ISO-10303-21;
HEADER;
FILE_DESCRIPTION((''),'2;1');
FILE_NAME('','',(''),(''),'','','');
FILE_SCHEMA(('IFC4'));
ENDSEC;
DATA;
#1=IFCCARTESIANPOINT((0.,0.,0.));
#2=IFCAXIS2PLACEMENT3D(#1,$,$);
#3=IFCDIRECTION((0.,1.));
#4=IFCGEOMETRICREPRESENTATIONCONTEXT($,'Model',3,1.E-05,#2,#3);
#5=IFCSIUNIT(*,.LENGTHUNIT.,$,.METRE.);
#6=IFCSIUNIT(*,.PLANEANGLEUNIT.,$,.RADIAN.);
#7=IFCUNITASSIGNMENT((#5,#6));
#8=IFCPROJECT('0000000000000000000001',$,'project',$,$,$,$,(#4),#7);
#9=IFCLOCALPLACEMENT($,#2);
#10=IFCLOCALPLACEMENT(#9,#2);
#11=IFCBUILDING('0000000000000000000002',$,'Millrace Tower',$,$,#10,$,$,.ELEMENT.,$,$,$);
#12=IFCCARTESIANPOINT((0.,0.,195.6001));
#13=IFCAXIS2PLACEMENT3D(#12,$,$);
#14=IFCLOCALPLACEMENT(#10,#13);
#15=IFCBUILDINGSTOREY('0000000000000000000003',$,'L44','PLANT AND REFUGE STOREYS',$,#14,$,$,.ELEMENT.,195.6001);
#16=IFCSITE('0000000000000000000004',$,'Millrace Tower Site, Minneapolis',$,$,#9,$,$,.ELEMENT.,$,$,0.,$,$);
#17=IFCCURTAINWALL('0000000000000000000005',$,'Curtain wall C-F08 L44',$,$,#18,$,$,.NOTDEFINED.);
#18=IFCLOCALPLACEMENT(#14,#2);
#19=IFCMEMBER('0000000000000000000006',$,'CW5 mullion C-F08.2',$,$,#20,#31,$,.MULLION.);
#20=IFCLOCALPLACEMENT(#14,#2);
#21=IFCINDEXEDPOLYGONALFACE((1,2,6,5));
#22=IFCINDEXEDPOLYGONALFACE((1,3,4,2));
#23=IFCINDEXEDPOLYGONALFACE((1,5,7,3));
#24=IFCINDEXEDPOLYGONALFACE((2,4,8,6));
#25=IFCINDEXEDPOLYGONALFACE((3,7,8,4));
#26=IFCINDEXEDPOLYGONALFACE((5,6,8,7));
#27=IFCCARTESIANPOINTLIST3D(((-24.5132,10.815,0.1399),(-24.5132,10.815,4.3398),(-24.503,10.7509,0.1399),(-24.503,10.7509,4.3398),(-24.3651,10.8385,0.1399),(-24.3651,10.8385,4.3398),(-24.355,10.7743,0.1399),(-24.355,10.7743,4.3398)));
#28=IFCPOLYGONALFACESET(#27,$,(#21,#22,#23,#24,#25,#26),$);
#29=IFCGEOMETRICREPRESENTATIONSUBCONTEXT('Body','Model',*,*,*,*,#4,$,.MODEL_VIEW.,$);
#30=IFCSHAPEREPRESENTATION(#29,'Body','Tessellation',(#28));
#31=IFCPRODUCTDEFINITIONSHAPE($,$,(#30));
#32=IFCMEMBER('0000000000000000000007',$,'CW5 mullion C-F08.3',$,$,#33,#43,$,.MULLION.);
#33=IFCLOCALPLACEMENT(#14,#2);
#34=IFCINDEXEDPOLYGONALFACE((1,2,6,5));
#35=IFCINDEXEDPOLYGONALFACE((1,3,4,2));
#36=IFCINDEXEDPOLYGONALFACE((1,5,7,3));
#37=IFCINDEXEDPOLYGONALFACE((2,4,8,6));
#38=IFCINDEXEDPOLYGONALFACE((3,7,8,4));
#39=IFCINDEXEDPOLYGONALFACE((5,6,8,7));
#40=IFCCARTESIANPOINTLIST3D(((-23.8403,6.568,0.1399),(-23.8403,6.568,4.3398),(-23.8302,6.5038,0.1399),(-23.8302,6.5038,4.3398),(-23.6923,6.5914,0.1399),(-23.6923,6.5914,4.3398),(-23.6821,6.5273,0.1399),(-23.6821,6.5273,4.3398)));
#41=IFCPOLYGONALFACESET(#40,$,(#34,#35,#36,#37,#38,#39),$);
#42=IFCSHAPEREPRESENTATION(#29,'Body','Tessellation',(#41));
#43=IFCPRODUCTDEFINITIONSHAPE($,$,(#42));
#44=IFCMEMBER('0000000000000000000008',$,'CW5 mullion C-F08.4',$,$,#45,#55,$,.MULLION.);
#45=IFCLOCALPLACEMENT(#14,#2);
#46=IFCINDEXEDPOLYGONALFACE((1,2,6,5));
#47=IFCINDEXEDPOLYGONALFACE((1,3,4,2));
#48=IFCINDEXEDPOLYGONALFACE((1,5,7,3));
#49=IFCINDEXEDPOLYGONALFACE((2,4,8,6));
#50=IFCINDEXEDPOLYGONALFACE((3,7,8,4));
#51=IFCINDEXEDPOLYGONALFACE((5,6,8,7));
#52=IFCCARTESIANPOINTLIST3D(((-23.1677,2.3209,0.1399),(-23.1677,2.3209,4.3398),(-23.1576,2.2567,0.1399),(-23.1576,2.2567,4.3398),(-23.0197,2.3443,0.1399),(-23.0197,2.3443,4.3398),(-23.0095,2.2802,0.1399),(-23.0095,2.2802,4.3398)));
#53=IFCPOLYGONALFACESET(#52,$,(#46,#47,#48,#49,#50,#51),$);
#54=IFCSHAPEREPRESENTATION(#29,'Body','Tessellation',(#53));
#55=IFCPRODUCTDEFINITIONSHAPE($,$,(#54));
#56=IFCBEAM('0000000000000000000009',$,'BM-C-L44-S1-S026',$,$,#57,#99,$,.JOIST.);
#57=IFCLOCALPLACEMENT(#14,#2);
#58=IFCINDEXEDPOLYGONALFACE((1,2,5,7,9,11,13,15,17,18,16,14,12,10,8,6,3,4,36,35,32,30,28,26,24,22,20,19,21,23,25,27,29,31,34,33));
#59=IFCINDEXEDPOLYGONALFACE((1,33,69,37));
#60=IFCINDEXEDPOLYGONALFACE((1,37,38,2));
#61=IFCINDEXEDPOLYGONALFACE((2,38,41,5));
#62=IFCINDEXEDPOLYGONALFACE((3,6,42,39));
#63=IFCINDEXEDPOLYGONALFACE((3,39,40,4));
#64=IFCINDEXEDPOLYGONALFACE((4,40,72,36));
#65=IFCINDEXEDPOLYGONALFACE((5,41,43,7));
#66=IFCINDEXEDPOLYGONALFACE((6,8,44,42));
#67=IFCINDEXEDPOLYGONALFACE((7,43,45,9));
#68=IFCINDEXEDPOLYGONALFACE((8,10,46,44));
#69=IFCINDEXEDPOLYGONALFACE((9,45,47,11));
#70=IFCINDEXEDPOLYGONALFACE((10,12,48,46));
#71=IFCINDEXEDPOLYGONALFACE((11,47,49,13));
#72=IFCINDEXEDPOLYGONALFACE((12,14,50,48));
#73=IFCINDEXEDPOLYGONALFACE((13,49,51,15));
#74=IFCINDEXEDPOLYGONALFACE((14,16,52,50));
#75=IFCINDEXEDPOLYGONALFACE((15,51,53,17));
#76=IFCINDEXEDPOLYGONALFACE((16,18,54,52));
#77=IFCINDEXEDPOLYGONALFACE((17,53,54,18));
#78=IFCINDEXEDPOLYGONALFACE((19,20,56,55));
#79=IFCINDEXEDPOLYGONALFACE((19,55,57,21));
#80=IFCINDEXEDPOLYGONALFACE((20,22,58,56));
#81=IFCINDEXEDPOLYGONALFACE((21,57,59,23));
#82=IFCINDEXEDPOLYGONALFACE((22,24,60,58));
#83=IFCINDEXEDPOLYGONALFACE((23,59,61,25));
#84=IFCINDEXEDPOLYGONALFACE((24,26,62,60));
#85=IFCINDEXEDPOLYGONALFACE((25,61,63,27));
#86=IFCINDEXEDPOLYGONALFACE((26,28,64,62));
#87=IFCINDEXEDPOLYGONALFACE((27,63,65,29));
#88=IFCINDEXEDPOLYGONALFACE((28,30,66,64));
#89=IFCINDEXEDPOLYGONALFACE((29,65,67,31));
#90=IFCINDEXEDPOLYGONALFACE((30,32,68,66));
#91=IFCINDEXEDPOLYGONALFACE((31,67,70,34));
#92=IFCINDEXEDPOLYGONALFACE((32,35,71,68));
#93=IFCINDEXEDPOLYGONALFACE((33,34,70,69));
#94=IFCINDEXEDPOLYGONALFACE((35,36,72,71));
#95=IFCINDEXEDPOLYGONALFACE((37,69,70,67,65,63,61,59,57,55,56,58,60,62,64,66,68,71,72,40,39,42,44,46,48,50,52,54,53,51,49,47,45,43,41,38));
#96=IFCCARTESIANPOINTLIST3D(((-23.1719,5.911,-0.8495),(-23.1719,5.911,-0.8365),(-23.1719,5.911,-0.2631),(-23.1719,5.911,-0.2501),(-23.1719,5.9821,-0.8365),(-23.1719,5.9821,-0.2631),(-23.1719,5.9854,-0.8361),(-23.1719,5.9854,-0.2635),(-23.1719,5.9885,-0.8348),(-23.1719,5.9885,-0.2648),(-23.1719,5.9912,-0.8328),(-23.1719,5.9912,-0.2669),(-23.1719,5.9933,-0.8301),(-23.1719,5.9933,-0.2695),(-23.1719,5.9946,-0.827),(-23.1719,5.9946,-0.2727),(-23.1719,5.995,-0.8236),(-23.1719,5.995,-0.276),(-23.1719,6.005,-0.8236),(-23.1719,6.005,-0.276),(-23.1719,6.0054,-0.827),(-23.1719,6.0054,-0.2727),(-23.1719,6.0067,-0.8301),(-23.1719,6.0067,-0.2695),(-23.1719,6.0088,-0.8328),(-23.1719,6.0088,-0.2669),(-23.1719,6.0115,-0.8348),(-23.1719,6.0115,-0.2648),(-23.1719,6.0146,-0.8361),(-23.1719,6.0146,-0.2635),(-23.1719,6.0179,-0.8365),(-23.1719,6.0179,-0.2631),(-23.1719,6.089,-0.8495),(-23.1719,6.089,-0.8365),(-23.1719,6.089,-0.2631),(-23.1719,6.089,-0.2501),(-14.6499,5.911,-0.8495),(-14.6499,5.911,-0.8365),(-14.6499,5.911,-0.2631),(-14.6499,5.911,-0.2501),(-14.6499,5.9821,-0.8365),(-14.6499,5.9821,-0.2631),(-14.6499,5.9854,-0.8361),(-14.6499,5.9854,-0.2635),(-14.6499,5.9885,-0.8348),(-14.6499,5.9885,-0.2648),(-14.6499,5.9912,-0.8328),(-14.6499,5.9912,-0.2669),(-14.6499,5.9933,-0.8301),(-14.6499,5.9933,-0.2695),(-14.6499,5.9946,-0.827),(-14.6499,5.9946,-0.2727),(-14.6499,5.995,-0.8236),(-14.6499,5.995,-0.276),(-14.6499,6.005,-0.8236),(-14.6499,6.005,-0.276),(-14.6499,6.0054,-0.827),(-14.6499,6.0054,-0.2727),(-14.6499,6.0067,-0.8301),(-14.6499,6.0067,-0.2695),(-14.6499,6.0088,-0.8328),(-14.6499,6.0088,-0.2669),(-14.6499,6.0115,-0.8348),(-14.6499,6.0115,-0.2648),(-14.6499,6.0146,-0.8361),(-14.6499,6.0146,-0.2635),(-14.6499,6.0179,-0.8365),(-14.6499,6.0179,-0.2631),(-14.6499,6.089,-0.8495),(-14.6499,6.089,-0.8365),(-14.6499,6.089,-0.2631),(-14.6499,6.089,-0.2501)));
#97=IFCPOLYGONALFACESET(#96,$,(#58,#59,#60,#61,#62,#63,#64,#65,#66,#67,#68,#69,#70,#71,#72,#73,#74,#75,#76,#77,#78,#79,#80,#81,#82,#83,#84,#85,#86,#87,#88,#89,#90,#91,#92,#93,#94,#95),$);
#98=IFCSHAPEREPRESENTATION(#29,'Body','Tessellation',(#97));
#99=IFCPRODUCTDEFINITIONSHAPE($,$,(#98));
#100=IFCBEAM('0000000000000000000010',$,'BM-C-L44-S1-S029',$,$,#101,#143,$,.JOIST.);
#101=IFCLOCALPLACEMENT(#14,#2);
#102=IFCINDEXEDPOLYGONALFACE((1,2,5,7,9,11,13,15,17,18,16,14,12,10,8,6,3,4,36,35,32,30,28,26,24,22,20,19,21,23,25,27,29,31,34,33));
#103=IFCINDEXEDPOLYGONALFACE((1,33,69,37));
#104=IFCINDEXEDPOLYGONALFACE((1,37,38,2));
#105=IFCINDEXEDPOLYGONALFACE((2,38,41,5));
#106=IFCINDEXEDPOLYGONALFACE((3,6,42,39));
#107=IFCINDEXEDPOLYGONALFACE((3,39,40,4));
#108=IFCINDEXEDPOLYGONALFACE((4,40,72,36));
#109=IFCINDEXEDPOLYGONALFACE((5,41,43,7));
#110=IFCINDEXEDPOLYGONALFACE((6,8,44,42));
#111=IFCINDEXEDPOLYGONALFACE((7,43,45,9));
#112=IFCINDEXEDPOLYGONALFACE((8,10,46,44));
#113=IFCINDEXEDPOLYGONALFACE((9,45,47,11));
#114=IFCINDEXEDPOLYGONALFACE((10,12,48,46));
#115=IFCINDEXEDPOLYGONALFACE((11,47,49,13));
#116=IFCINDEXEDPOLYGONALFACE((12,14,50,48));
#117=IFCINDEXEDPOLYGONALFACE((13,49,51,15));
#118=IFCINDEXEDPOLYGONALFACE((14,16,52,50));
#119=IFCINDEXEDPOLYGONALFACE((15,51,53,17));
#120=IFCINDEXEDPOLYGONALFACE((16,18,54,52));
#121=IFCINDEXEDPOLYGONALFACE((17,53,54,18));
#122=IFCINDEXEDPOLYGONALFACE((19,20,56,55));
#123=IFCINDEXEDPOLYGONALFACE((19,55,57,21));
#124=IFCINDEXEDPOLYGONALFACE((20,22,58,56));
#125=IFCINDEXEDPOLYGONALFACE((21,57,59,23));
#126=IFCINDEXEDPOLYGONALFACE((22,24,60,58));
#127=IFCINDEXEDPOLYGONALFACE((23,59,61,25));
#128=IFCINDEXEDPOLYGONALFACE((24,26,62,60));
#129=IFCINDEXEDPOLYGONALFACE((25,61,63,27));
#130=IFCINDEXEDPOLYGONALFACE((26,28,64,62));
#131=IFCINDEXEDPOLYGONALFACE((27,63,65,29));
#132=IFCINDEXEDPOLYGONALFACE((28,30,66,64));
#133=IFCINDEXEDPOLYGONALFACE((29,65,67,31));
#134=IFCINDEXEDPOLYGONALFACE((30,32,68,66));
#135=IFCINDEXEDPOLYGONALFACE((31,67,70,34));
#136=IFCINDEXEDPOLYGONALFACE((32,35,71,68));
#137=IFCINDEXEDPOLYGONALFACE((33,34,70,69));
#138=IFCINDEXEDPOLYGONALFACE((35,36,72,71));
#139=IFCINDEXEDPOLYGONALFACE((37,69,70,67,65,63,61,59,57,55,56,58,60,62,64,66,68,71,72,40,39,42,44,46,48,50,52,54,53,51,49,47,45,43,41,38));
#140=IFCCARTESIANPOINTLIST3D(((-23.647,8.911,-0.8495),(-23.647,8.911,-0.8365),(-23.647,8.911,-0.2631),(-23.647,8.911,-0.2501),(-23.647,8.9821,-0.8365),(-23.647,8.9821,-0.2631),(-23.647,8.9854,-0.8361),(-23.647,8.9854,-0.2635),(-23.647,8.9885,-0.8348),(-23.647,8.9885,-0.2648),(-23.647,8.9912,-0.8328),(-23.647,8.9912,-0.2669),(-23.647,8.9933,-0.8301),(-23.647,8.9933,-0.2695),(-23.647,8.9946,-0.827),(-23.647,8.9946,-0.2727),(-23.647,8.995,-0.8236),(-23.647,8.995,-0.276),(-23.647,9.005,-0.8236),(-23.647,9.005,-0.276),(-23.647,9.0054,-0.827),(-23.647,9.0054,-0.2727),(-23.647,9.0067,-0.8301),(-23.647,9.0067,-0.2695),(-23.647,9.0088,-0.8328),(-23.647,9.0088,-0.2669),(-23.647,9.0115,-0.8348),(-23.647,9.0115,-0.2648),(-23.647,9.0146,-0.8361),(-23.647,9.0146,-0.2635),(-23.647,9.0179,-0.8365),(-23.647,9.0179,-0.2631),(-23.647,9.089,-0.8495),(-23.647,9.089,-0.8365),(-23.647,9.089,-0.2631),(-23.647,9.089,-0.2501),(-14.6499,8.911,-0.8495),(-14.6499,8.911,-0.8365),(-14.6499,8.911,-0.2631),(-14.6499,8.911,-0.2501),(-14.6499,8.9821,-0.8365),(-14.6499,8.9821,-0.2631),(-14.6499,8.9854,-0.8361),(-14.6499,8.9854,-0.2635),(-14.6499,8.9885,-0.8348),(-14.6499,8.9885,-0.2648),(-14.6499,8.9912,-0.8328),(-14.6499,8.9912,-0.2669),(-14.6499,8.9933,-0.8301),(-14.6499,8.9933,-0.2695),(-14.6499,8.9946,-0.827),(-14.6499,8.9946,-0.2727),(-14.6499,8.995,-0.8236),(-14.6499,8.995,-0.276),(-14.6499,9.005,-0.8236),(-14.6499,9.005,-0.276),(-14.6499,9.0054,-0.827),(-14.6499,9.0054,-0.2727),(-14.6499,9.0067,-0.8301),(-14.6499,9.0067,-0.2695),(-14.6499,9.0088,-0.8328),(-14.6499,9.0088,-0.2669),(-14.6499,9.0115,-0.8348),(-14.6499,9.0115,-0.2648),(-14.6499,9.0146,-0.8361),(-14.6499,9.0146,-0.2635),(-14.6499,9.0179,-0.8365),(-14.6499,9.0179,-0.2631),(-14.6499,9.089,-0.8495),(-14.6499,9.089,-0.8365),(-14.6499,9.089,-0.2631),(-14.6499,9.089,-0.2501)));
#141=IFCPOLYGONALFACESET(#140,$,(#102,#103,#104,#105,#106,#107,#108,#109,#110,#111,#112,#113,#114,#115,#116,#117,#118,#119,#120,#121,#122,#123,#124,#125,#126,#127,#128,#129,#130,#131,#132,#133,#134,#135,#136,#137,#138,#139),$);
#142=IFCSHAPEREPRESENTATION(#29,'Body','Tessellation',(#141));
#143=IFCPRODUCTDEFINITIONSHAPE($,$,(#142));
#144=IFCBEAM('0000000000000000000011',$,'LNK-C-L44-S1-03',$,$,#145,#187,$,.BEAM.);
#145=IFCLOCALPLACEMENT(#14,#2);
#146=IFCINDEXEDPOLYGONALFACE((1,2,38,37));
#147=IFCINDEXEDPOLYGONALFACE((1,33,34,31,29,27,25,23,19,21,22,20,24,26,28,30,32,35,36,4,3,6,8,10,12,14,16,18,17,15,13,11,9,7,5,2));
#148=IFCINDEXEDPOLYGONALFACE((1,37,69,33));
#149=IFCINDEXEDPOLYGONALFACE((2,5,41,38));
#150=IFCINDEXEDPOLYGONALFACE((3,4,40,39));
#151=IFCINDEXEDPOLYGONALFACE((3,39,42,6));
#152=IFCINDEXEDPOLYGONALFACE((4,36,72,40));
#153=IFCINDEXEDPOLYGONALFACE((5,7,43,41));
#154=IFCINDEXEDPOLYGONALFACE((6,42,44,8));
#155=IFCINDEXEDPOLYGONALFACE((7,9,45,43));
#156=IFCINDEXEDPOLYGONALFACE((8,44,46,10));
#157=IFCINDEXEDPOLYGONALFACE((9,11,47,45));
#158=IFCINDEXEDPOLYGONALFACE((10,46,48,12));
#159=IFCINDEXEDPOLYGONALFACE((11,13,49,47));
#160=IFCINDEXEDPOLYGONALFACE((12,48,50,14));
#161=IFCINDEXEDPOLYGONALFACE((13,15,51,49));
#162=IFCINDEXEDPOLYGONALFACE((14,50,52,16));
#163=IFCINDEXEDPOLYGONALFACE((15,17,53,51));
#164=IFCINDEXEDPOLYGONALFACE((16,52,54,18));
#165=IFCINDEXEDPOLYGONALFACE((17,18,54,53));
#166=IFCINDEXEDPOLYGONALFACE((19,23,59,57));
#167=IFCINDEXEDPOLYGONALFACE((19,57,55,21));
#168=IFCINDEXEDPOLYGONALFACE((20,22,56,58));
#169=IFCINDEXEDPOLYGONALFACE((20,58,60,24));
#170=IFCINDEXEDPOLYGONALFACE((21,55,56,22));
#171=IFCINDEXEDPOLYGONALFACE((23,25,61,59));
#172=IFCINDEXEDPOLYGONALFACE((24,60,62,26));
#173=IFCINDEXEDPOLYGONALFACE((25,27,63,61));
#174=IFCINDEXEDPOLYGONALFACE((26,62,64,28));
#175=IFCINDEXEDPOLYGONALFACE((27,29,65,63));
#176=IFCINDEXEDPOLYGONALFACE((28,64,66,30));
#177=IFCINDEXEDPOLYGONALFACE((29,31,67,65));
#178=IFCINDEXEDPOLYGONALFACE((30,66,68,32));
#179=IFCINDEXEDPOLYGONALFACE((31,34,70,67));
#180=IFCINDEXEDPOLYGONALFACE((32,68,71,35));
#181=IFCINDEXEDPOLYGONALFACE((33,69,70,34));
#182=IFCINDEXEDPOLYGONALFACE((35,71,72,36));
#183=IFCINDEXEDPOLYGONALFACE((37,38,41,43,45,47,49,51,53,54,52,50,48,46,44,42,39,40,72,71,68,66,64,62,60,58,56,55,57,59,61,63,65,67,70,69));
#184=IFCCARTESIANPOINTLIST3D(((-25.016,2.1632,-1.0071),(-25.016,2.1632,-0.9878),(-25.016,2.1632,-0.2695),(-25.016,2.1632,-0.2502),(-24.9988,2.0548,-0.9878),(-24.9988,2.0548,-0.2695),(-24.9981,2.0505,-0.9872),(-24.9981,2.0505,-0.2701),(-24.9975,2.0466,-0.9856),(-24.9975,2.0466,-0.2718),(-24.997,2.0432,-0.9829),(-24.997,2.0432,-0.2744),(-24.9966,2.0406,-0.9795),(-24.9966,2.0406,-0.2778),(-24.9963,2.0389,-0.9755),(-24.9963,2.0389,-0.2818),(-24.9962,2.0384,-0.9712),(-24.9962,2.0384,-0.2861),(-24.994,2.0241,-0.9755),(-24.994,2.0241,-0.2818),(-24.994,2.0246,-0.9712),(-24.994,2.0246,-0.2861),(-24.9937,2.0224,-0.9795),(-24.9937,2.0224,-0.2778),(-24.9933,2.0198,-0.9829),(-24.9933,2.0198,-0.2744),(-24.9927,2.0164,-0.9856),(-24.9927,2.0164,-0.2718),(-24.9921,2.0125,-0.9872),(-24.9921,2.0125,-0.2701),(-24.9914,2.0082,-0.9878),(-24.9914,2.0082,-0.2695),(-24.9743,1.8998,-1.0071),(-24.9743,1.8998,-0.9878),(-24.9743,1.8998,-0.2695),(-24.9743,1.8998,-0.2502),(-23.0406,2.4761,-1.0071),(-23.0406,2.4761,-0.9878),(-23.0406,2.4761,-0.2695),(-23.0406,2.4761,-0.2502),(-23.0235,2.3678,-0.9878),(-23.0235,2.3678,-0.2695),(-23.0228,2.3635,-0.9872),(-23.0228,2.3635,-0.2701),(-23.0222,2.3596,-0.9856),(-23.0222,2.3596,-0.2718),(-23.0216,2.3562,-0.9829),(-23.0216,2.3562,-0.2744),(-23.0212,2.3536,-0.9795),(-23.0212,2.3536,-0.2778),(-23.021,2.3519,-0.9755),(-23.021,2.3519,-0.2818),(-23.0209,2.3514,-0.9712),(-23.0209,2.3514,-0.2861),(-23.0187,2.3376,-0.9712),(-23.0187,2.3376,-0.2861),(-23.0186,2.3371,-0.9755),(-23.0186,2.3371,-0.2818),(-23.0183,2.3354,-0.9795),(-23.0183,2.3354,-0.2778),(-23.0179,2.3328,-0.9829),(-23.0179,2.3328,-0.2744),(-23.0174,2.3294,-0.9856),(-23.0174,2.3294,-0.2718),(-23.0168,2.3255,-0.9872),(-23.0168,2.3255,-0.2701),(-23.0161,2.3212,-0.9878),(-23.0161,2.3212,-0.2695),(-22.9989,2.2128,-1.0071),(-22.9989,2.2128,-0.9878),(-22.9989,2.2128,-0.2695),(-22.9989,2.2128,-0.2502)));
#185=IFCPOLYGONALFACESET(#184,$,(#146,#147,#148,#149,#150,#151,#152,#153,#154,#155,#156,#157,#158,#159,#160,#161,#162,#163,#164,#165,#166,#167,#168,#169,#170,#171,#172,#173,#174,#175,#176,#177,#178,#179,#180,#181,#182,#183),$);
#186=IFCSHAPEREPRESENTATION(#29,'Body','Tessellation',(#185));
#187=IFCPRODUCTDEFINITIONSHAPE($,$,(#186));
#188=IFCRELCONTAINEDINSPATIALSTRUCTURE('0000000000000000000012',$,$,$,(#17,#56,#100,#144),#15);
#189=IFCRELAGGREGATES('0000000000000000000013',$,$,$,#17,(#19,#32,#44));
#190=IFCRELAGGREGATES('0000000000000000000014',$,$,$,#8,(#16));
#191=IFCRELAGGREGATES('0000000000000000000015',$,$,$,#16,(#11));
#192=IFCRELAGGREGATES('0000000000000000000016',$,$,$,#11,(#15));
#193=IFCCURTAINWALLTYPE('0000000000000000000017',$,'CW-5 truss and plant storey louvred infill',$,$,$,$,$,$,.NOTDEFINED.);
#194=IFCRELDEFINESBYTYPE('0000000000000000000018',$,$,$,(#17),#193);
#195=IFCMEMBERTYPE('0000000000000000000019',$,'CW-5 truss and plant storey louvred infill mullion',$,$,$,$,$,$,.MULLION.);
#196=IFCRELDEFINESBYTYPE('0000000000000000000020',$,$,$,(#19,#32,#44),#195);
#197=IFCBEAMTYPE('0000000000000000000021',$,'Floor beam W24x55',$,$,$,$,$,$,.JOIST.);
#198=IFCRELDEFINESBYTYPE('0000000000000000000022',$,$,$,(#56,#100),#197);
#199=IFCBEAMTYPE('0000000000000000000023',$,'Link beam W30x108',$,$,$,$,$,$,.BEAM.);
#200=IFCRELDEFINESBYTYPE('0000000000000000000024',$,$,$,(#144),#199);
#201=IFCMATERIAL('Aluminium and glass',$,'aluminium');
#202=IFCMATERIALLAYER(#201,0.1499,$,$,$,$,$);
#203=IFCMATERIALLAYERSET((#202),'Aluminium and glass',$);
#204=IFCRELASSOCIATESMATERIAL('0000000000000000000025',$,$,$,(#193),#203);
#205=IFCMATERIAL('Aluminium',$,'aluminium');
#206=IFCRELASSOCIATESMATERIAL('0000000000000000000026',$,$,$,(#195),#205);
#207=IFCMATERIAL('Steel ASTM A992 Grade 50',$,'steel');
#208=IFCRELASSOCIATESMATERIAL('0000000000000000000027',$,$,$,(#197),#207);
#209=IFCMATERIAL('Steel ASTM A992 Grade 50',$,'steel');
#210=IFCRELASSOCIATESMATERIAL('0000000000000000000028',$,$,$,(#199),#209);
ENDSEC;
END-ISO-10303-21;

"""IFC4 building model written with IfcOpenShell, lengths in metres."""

from ifc_helpers import new_model, si_unit, direction, frame, origin, origin_2d, place, context, subcontext, project, spatial, rectangle, i_section, extrude, material, layer, layer_set, material_profile, profile_set, type_object, element, aggregate, save


model = new_model("IFC4")

# Units and contexts
model_context = context("Model", 3, precision=1e-05, world=origin(), true_north=direction((0.0, 1.0)))
body_context = subcontext(model_context, "Body", "Model", "MODEL_VIEW")
ifc_project = project(units=[si_unit("LENGTHUNIT", "METRE"), si_unit("PLANEANGLEUNIT", "RADIAN")], contexts=[model_context])

# Site, building, storey
site_placement = place(None, origin())
site = spatial("IfcSite", under=ifc_project, at=site_placement, Name="Millrace Tower Site, Minneapolis", CompositionType="ELEMENT", RefElevation=0.0)
building_placement = place(site_placement, origin())
building = spatial("IfcBuilding", under=site, at=building_placement, Name="Millrace Tower", CompositionType="ELEMENT")
storey_placement = place(building_placement, frame((0.0, 0.0, 195.6001)))
storey = spatial("IfcBuildingStorey", under=building, at=storey_placement, Name="L44", Description="PLANT AND REFUGE STOREYS", CompositionType="ELEMENT", Elevation=195.6001)

# Curtain wall, members
ifc_material_1 = material(Name="Aluminium and glass", Category="aluminium")
ifc_layer_1 = layer(ifc_material_1, 0.1499)
ifc_layer_set_1 = layer_set([ifc_layer_1], Name="Aluminium and glass")
curtain_wall_type = type_object("IfcCurtainWallType", Name="CW-5 truss and plant storey louvred infill", PredefinedType="NOTDEFINED", material=ifc_layer_set_1)
curtain_wall_placement = place(storey_placement, origin())
curtain_wall = element("IfcCurtainWall", 1, at=curtain_wall_placement, inside=storey, type_object=curtain_wall_type, Name="Curtain wall C-F08 L44", PredefinedType="NOTDEFINED")
ifc_material_2 = material(Name="Aluminium", Category="aluminium")
ifc_material_profile_1 = material_profile(ifc_material_2, rectangle(XDim=0.0649, YDim=0.1499, at=origin_2d()))
ifc_profile_set_1 = profile_set([ifc_material_profile_1], Name="Aluminium")
member_type_1 = type_object("IfcMemberType", Name="CW-5 truss and plant storey louvred infill mullion", PredefinedType="MULLION", material=ifc_profile_set_1)
member_1_placement = place(storey_placement, frame((-24.4341, 10.7947, 0.1399), z_axis=(0.0, 0.0, 1.0), x_axis=(0.156434, -0.987688, 0.0)))
member_1 = element("IfcMember", 2, at=member_1_placement, type_object=member_type_1, Name="CW5 mullion C-F08.2", PredefinedType="MULLION", context=body_context, shape_type="SweptSolid", body=[
    extrude(rectangle(XDim=0.0649, YDim=0.1499, at=origin_2d()), origin(), (0.0, 0.0, 1.0), 4.2),
])
member_2_placement = place(storey_placement, frame((-23.7612, 6.5476, 0.1399), z_axis=(0.0, 0.0, 1.0), x_axis=(0.156434, -0.987688, 0.0)))
member_2 = element("IfcMember", 3, at=member_2_placement, type_object=member_type_1, Name="CW5 mullion C-F08.3", PredefinedType="MULLION", context=body_context, shape_type="SweptSolid", body=[
    extrude(rectangle(XDim=0.0649, YDim=0.1499, at=origin_2d()), origin(), (0.0, 0.0, 1.0), 4.2),
])
member_3_placement = place(storey_placement, frame((-23.0886, 2.3005, 0.1399), z_axis=(0.0, 0.0, 1.0), x_axis=(0.156434, -0.987688, 0.0)))
member_3 = element("IfcMember", 4, at=member_3_placement, type_object=member_type_1, Name="CW5 mullion C-F08.4", PredefinedType="MULLION", context=body_context, shape_type="SweptSolid", body=[
    extrude(rectangle(XDim=0.0649, YDim=0.1499, at=origin_2d()), origin(), (0.0, 0.0, 1.0), 4.2),
])
aggregate(curtain_wall, [member_1, member_2, member_3])

# Beams
ifc_material_3 = material(Name="Steel ASTM A992 Grade 50", Category="steel")
ifc_material_profile_2 = material_profile(ifc_material_3, i_section(OverallWidth=0.178, OverallDepth=0.5994, WebThickness=0.01, FlangeThickness=0.0129, FilletRadius=0.0129, at=origin_2d()))
ifc_profile_set_2 = profile_set([ifc_material_profile_2], Name="Steel ASTM A992 Grade 50")
beam_type_1 = type_object("IfcBeamType", Name="Floor beam W24x55", PredefinedType="JOIST", material=ifc_profile_set_2)
beam_1_placement = place(storey_placement, frame((-23.1719, 6.0, -0.5498), z_axis=(1.0, 0.0, 0.0), x_axis=(0.0, 1.0, 0.0)))
element("IfcBeam", 5, at=beam_1_placement, inside=storey, type_object=beam_type_1, Name="BM-C-L44-S1-S026", PredefinedType="JOIST", context=body_context, shape_type="SweptSolid", body=[
    extrude(i_section(OverallWidth=0.178, OverallDepth=0.5994, WebThickness=0.01, FlangeThickness=0.0129, FilletRadius=0.0129, at=origin_2d()), origin(), (0.0, 0.0, 1.0), 8.522),
])
beam_2_placement = place(storey_placement, frame((-23.647, 9.0, -0.5498), z_axis=(1.0, 0.0, 0.0), x_axis=(0.0, 1.0, 0.0)))
element("IfcBeam", 6, at=beam_2_placement, inside=storey, type_object=beam_type_1, Name="BM-C-L44-S1-S029", PredefinedType="JOIST", context=body_context, shape_type="SweptSolid", body=[
    extrude(i_section(OverallWidth=0.178, OverallDepth=0.5994, WebThickness=0.01, FlangeThickness=0.0129, FilletRadius=0.0129, at=origin_2d()), origin(), (0.0, 0.0, 1.0), 8.9971),
])
ifc_material_4 = material(Name="Steel ASTM A992 Grade 50", Category="steel")
ifc_material_profile_3 = material_profile(ifc_material_4, i_section(OverallWidth=0.2666, OverallDepth=0.7568, WebThickness=0.0139, FlangeThickness=0.0193, FilletRadius=0.0166, at=origin_2d()))
ifc_profile_set_3 = profile_set([ifc_material_profile_3], Name="Steel ASTM A992 Grade 50")
beam_type_2 = type_object("IfcBeamType", Name="Link beam W30x108", PredefinedType="BEAM", material=ifc_profile_set_3)
beam_3_placement = place(storey_placement, frame((-23.0198, 2.3445, -0.6287), z_axis=(-0.987679, -0.156495, 0.0), x_axis=(0.156495, -0.987679, 0.0)))
element("IfcBeam", 7, at=beam_3_placement, inside=storey, type_object=beam_type_2, Name="LNK-C-L44-S1-03", PredefinedType="BEAM", context=body_context, shape_type="SweptSolid", body=[
    extrude(i_section(OverallWidth=0.2666, OverallDepth=0.7568, WebThickness=0.0139, FlangeThickness=0.0193, FilletRadius=0.0166, at=origin_2d()), origin(), (0.0, 0.0, 1.0), 2.0),
])

save(model, "model.ifc")
